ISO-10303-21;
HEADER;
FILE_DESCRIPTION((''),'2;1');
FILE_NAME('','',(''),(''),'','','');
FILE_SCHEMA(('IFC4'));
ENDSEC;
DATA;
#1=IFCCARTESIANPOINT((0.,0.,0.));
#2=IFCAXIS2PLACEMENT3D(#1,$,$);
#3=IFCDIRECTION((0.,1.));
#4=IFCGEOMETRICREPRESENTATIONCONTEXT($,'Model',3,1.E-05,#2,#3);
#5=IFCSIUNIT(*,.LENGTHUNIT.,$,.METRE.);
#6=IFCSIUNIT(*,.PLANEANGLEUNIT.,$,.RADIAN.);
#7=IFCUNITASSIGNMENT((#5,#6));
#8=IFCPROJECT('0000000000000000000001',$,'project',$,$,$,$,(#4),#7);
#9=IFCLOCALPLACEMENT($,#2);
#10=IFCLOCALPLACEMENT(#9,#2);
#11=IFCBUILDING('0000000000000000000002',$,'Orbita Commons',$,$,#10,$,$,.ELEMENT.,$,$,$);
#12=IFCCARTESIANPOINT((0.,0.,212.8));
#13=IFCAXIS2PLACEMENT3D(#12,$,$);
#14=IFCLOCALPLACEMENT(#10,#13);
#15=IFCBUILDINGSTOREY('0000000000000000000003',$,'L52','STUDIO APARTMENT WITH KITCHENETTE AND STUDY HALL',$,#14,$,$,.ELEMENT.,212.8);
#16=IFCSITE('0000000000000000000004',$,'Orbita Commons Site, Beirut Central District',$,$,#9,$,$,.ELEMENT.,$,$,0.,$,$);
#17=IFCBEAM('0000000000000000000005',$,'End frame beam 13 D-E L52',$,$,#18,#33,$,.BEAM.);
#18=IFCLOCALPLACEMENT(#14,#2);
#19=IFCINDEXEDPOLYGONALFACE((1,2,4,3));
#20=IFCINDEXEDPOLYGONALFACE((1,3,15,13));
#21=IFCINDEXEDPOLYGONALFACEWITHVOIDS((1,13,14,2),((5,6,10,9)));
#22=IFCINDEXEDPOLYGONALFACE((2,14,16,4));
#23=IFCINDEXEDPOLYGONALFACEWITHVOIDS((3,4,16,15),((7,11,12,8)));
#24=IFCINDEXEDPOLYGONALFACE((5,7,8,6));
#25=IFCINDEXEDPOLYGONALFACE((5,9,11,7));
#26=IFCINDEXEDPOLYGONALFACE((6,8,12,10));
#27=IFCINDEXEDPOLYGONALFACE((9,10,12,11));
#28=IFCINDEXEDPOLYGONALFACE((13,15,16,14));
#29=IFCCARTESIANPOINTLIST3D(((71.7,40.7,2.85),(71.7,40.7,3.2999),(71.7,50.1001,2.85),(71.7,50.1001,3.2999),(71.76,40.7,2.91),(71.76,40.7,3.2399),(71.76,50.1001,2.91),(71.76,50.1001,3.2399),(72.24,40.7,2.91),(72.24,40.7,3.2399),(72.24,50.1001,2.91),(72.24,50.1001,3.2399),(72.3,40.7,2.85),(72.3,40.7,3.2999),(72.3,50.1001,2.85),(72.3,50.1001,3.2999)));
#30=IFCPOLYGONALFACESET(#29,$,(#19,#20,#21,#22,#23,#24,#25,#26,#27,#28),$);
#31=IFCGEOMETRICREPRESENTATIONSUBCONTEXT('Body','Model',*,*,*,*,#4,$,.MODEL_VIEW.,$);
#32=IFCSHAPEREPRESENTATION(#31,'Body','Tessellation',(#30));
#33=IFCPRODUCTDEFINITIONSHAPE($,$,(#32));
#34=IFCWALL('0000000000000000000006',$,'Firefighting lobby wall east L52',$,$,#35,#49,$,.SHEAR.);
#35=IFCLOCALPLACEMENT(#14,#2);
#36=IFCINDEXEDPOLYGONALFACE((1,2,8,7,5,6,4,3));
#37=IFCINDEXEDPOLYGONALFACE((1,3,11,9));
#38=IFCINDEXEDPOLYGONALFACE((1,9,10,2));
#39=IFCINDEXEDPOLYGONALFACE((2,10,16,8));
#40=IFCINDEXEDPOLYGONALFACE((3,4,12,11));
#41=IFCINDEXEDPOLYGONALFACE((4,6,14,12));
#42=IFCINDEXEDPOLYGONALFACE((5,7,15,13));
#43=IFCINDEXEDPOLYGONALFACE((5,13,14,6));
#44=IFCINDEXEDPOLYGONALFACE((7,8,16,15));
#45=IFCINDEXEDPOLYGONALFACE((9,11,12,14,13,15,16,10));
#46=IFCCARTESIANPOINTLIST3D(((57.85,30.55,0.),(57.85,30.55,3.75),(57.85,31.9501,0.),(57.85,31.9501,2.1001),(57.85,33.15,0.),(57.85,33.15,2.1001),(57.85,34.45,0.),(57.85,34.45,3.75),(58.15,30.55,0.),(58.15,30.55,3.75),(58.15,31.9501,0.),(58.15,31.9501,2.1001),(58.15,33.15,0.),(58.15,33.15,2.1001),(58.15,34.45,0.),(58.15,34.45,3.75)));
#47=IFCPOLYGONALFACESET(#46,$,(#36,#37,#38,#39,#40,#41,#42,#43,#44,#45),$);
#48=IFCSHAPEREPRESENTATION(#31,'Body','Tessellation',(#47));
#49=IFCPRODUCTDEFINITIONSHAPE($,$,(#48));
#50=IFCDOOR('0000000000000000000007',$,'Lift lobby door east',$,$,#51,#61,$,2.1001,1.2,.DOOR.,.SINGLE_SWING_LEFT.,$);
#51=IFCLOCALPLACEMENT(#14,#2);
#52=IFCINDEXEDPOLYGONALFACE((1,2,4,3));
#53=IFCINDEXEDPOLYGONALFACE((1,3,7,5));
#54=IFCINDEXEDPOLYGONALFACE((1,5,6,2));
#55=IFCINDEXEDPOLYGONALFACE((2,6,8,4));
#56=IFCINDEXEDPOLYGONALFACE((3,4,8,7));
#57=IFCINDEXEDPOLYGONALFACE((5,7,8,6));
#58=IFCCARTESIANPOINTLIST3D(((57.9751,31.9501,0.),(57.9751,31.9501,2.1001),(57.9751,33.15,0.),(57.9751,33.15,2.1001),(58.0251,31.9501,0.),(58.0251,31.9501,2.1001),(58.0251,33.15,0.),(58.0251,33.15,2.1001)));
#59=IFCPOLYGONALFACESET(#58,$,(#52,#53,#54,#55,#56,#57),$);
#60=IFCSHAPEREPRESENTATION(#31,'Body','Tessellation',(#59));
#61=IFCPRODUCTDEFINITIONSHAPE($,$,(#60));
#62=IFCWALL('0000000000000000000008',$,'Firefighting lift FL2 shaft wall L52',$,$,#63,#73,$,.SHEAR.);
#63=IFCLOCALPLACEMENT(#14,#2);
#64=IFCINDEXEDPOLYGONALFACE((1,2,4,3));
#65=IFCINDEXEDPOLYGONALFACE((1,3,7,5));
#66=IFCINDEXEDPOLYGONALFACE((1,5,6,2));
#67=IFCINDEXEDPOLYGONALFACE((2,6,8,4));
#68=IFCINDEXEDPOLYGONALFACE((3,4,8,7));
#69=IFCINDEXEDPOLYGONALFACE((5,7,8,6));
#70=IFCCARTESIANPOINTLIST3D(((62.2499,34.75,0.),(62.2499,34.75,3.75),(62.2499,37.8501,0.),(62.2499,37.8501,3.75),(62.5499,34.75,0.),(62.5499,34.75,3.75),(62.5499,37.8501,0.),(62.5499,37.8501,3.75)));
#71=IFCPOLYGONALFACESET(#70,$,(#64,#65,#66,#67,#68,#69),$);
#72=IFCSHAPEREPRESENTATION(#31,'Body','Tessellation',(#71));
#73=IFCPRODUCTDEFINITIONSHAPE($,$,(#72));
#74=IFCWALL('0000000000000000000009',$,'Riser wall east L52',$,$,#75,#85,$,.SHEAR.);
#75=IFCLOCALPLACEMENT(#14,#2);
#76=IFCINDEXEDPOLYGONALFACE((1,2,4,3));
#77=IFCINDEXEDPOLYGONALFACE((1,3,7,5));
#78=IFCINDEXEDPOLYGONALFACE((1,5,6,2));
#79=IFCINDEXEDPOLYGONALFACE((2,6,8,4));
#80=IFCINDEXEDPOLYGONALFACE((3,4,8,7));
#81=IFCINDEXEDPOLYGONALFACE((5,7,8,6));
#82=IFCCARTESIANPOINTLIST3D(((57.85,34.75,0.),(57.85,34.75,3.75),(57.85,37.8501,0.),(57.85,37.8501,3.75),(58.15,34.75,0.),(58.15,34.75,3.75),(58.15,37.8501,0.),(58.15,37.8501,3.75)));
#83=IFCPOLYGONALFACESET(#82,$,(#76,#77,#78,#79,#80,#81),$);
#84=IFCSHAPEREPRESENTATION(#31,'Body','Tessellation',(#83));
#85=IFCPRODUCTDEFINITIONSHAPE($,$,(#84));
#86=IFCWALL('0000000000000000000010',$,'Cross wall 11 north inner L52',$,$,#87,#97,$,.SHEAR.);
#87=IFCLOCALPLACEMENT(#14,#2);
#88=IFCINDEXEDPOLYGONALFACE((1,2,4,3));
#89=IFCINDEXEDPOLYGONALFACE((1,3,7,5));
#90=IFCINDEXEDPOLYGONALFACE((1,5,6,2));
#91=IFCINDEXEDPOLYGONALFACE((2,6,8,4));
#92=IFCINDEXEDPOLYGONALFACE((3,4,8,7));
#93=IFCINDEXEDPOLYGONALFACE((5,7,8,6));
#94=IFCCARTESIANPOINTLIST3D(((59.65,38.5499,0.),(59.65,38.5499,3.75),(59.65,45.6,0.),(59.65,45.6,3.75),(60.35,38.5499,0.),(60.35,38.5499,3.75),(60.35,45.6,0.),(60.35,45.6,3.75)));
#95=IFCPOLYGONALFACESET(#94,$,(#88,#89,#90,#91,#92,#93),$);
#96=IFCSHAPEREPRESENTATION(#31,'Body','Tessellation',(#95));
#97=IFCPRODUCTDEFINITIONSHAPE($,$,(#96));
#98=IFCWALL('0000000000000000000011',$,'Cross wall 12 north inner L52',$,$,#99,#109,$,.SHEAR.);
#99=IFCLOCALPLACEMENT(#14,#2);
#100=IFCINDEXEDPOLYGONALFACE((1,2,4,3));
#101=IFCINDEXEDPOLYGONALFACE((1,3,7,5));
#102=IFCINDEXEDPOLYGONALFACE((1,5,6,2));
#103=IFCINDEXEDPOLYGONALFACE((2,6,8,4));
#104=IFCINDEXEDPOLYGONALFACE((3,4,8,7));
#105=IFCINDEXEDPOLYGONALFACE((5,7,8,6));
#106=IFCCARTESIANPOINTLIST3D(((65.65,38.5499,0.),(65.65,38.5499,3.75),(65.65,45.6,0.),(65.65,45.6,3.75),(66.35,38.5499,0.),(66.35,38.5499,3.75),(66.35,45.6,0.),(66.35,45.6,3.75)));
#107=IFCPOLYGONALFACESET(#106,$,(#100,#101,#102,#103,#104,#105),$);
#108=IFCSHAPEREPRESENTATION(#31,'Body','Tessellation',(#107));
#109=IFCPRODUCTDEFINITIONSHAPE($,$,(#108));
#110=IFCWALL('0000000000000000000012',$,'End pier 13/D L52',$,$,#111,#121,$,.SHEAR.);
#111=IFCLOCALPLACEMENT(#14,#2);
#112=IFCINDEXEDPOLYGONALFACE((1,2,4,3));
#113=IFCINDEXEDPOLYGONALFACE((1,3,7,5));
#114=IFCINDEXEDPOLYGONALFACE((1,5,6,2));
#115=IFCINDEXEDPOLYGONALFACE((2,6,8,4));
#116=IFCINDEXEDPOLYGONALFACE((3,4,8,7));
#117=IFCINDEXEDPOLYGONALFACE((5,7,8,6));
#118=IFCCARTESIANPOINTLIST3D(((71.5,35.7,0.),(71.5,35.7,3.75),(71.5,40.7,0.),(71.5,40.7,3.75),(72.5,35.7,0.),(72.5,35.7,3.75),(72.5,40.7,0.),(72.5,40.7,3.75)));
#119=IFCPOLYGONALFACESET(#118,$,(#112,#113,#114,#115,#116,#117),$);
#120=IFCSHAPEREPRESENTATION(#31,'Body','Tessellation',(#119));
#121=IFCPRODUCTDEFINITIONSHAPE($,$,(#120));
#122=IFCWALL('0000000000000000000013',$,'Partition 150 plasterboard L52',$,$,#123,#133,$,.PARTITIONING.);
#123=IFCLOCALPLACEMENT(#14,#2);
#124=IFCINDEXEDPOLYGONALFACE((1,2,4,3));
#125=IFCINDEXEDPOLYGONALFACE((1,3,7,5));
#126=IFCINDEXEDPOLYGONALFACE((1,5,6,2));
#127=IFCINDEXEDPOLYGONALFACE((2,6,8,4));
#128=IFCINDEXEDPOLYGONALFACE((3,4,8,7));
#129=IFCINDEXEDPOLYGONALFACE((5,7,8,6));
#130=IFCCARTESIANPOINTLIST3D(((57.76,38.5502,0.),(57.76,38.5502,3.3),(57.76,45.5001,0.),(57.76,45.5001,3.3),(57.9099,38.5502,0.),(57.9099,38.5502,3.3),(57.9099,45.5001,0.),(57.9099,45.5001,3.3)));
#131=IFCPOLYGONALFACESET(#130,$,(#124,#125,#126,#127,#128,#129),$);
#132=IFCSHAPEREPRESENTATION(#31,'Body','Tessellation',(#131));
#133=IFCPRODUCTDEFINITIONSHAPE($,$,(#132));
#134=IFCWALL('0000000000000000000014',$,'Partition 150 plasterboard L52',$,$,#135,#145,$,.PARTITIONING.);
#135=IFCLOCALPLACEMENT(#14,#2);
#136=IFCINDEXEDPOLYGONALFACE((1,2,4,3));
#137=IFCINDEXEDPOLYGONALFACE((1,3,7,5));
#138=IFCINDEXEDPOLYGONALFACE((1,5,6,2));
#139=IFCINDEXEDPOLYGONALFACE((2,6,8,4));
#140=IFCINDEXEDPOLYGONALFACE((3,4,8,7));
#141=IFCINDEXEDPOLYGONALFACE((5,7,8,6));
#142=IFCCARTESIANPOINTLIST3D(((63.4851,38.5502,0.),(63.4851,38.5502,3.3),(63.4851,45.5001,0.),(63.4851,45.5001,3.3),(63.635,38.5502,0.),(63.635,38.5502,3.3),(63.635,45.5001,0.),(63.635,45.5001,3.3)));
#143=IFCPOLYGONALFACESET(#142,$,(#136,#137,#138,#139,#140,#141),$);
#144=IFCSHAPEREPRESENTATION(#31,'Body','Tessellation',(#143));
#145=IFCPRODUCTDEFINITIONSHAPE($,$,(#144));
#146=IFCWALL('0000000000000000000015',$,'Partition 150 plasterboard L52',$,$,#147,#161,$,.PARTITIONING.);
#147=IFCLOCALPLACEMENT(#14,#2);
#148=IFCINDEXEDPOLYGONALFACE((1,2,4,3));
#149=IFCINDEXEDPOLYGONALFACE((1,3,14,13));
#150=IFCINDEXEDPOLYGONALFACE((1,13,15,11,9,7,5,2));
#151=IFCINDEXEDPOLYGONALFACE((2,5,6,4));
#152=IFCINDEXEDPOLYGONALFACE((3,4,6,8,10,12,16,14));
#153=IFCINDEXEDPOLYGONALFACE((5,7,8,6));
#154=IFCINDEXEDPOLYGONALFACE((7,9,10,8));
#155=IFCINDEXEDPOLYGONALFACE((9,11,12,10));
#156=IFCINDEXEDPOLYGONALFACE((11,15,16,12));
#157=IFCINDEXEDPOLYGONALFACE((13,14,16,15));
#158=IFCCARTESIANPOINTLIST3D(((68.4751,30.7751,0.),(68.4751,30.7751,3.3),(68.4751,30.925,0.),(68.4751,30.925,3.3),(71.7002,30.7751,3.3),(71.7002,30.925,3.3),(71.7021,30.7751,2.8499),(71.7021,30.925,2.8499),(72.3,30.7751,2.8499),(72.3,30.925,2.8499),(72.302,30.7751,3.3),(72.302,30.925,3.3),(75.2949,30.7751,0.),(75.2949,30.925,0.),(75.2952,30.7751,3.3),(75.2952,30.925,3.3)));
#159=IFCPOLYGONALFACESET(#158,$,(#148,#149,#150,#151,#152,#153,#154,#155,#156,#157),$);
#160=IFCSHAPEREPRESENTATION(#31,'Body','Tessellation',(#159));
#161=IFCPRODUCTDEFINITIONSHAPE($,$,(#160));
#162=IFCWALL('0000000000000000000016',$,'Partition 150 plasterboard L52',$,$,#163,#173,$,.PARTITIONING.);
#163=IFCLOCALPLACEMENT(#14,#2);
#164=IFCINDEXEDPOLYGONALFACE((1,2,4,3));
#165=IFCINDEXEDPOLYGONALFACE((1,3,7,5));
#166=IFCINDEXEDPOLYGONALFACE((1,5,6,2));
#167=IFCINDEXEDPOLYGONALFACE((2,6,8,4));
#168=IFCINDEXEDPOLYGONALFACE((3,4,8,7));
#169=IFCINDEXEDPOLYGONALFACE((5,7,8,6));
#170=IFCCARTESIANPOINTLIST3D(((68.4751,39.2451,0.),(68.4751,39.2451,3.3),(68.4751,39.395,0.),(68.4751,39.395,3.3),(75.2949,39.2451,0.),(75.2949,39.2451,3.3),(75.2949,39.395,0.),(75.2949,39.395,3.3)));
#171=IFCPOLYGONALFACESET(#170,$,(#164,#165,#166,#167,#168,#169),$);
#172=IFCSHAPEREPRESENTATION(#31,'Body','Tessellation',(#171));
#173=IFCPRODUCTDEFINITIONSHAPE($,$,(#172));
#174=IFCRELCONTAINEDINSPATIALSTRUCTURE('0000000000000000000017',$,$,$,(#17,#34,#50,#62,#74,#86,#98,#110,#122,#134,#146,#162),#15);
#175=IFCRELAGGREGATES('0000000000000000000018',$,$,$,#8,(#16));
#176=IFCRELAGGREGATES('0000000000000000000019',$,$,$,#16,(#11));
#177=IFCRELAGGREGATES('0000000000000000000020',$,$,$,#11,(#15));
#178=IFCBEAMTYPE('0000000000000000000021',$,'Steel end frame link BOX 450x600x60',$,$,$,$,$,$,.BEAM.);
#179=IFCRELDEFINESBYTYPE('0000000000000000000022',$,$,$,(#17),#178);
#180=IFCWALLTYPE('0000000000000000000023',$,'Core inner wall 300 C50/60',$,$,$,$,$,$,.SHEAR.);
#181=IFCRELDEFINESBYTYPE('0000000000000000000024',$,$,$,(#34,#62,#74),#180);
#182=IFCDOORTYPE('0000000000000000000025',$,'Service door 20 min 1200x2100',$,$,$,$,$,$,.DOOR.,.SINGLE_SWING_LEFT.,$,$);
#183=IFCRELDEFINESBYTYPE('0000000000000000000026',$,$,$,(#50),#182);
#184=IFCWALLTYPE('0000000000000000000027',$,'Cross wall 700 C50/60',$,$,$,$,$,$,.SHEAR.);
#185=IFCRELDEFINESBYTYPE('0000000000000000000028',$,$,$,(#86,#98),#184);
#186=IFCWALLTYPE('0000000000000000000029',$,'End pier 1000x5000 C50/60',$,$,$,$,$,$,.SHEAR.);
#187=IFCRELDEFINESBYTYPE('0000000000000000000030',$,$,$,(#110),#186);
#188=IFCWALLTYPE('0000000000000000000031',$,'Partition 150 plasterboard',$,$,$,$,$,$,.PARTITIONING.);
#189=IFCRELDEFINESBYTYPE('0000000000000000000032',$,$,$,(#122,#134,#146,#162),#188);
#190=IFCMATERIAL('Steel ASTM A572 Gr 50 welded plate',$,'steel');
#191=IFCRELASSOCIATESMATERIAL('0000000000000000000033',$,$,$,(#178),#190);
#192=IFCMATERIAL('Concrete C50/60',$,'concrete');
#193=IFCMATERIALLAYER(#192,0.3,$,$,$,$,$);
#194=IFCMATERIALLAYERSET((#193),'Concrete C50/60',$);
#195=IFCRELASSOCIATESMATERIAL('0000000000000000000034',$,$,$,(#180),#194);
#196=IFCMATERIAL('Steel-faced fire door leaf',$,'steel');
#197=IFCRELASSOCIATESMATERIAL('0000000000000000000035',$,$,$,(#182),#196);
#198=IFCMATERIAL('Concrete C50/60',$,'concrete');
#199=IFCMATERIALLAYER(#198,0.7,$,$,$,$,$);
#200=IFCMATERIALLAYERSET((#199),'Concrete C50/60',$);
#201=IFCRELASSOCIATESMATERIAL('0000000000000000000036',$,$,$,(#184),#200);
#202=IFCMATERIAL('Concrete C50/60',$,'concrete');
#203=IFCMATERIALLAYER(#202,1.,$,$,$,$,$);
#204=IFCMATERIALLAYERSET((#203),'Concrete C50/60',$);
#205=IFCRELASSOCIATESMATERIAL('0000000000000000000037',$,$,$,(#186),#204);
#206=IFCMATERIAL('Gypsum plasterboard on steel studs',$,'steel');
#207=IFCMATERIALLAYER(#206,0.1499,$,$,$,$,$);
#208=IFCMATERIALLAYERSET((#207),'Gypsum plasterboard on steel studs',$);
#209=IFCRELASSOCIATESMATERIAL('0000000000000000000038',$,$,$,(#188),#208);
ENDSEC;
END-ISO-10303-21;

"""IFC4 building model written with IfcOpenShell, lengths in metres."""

from ifc_helpers import new_model, si_unit, direction, frame, frame_2d, origin, origin_2d, place, context, subcontext, project, spatial, polyline, rectangle, hollow_rectangle, outline, extrude, material, layer, layer_set, material_profile, profile_set, type_object, element, fill, save


model = new_model("IFC4")

# Units and contexts
model_context = context("Model", 3, precision=1e-05, world=origin(), true_north=direction((0.0, 1.0)))
body_context = subcontext(model_context, "Body", "Model", "MODEL_VIEW")
ifc_project = project(units=[si_unit("LENGTHUNIT", "METRE"), si_unit("PLANEANGLEUNIT", "RADIAN")], contexts=[model_context])

# Site, building, storey
site_placement = place(None, origin())
site = spatial("IfcSite", under=ifc_project, at=site_placement, Name="Orbita Commons Site, Beirut Central District", CompositionType="ELEMENT", RefElevation=0.0)
building_placement = place(site_placement, origin())
building = spatial("IfcBuilding", under=site, at=building_placement, Name="Orbita Commons", CompositionType="ELEMENT")
storey_placement = place(building_placement, frame((0.0, 0.0, 212.8)))
storey = spatial("IfcBuildingStorey", under=building, at=storey_placement, Name="L52", Description="STUDIO APARTMENT WITH KITCHENETTE AND STUDY HALL", CompositionType="ELEMENT", Elevation=212.8)

# Beam
ifc_material_1 = material(Name="Steel ASTM A572 Gr 50 welded plate", Category="steel")
ifc_material_profile = material_profile(ifc_material_1, hollow_rectangle(XDim=0.6001, YDim=0.45, WallThickness=0.0601, at=origin_2d()), Name="BOX 450x600x60")
ifc_profile_set = profile_set([ifc_material_profile], Name="Steel ASTM A572 Gr 50 welded plate")
beam_type = type_object("IfcBeamType", Name="Steel end frame link BOX 450x600x60", PredefinedType="BEAM", material=ifc_profile_set)
beam_placement = place(storey_placement, frame((72.0, 40.7, 3.075), z_axis=(0.0, 1.0, 0.0), x_axis=(-1.0, 0.0, 0.0)))
element("IfcBeam", 1, at=beam_placement, inside=storey, type_object=beam_type, Name="End frame beam 13 D-E L52", PredefinedType="BEAM", context=body_context, shape_type="SweptSolid", body=[
    extrude(hollow_rectangle(XDim=0.6001, YDim=0.45, WallThickness=0.0601, at=origin_2d()), origin(), (0.0, 0.0, 1.0), 9.4001),
])

# Wall, opening, door
ifc_material_2 = material(Name="Concrete C50/60", Category="concrete")
ifc_layer_1 = layer(ifc_material_2, 0.3)
ifc_layer_set_1 = layer_set([ifc_layer_1], Name="Concrete C50/60")
wall_type_1 = type_object("IfcWallType", Name="Core inner wall 300 C50/60", PredefinedType="SHEAR", material=ifc_layer_set_1)
wall_1_placement = place(storey_placement, frame((58.0, 30.55, 0.0), z_axis=(0.0, 0.0, 1.0), x_axis=(0.0, 1.0, 0.0)))
wall_1 = element("IfcWall", 2, at=wall_1_placement, inside=storey, type_object=wall_type_1, Name="Firefighting lobby wall east L52", PredefinedType="SHEAR", context=body_context, shape_type="SweptSolid", body=[
    extrude(rectangle(XDim=3.8999, YDim=0.3, at=frame_2d((1.95, 0.0))), origin(), (0.0, 0.0, 1.0), 3.75),
])
opening_placement = place(wall_1_placement, frame((1.3999, 0.0, 0.0)))
opening = element("IfcOpeningElement", 3, at=opening_placement, cuts=wall_1, PredefinedType="OPENING", context=body_context, shape_type="SweptSolid", body=[
    extrude(rectangle(XDim=1.2, YDim=2.1001, at=frame_2d((0.6001, 1.05))), frame((0.0, 0.1599, 0.0), z_axis=(0.0, -1.0, 0.0), x_axis=(1.0, 0.0, 0.0)), (0.0, 0.0, 1.0), 0.3201),
])
ifc_material_3 = material(Name="Steel-faced fire door leaf", Category="steel")
door_type = type_object("IfcDoorType", Name="Service door 20 min 1200x2100", OperationType="SINGLE_SWING_LEFT", PredefinedType="DOOR", material=ifc_material_3)
door_placement = place(opening_placement, origin())
door = element("IfcDoor", 4, at=door_placement, inside=storey, type_object=door_type, Name="Lift lobby door east", OperationType="SINGLE_SWING_LEFT", OverallHeight=2.1001, OverallWidth=1.2, PredefinedType="DOOR", context=body_context, shape_type="SweptSolid", body=[
    extrude(rectangle(XDim=1.2, YDim=2.1001, at=frame_2d((0.6001, 1.05))), frame((0.0, 0.0249, 0.0), z_axis=(0.0, -1.0, 0.0), x_axis=(1.0, 0.0, 0.0)), (0.0, 0.0, 1.0), 0.05),
])
fill(opening, door)

# Walls
for number, where, z_axis, x_axis, name in (
    (5, (62.3999, 34.75, 0.0), (0.0, 0.0, 1.0), (0.0, 1.0, 0.0), "Firefighting lift FL2 shaft wall L52"),
    (6, (58.0, 34.75, 0.0), (0.0, 0.0, 1.0), (0.0, 1.0, 0.0), "Riser wall east L52"),
):
    element("IfcWall", number, at=place(storey_placement, frame(where, z_axis=z_axis, x_axis=x_axis)), inside=storey, type_object=wall_type_1, Name=name, PredefinedType="SHEAR", context=body_context, shape_type="SweptSolid", body=[
        extrude(rectangle(XDim=3.1001, YDim=0.3, at=frame_2d((1.55, 0.0))), origin(), (0.0, 0.0, 1.0), 3.75),
    ])
ifc_material_4 = material(Name="Concrete C50/60", Category="concrete")
ifc_layer_2 = layer(ifc_material_4, 0.7)
ifc_layer_set_2 = layer_set([ifc_layer_2], Name="Concrete C50/60")
wall_type_2 = type_object("IfcWallType", Name="Cross wall 700 C50/60", PredefinedType="SHEAR", material=ifc_layer_set_2)
for number, where, z_axis, x_axis, name in (
    (7, (60.0, 38.55, 0.0), (0.0, 0.0, 1.0), (0.0, 1.0, 0.0), "Cross wall 11 north inner L52"),
    (8, (66.0, 38.55, 0.0), (0.0, 0.0, 1.0), (0.0, 1.0, 0.0), "Cross wall 12 north inner L52"),
):
    element("IfcWall", number, at=place(storey_placement, frame(where, z_axis=z_axis, x_axis=x_axis)), inside=storey, type_object=wall_type_2, Name=name, PredefinedType="SHEAR", context=body_context, shape_type="SweptSolid", body=[
        extrude(rectangle(XDim=7.05, YDim=0.7, at=frame_2d((3.5249, 0.0))), origin(), (0.0, 0.0, 1.0), 3.75),
    ])
ifc_material_5 = material(Name="Concrete C50/60", Category="concrete")
ifc_layer_3 = layer(ifc_material_5, 1.0)
ifc_layer_set_3 = layer_set([ifc_layer_3], Name="Concrete C50/60")
wall_type_3 = type_object("IfcWallType", Name="End pier 1000x5000 C50/60", PredefinedType="SHEAR", material=ifc_layer_set_3)
wall_2_placement = place(storey_placement, frame((72.0, 35.7, 0.0), z_axis=(0.0, 0.0, 1.0), x_axis=(0.0, 1.0, 0.0)))
element("IfcWall", 9, at=wall_2_placement, inside=storey, type_object=wall_type_3, Name="End pier 13/D L52", PredefinedType="SHEAR", context=body_context, shape_type="SweptSolid", body=[
    extrude(rectangle(XDim=5.0, YDim=1.0, at=frame_2d((2.5, 0.0))), origin(), (0.0, 0.0, 1.0), 3.75),
])
ifc_material_6 = material(Name="Gypsum plasterboard on steel studs", Category="steel")
ifc_layer_4 = layer(ifc_material_6, 0.1499)
ifc_layer_set_4 = layer_set([ifc_layer_4], Name="Gypsum plasterboard on steel studs")
wall_type_4 = type_object("IfcWallType", Name="Partition 150 plasterboard", PredefinedType="PARTITIONING", material=ifc_layer_set_4)
for number, where, z_axis, x_axis, name in (
    (10, (57.835, 38.55, 0.0), (0.0, 0.0, 1.0), (0.0, 1.0, 0.0), "Partition 150 plasterboard L52"),
    (11, (63.5601, 38.55, 0.0), (0.0, 0.0, 1.0), (0.0, 1.0, 0.0), "Partition 150 plasterboard L52"),
):
    element("IfcWall", number, at=place(storey_placement, frame(where, z_axis=z_axis, x_axis=x_axis)), inside=storey, type_object=wall_type_4, Name=name, PredefinedType="PARTITIONING", context=body_context, shape_type="SweptSolid", body=[
        extrude(rectangle(XDim=6.95, YDim=0.1499, at=frame_2d((3.4751, 0.0))), origin(), (0.0, 0.0, 1.0), 3.3),
    ])
wall_3_placement = place(storey_placement, frame((68.4751, 30.8501, 0.0), z_axis=(0.0, 0.0, 1.0), x_axis=(1.0, 0.0, 0.0)))
element("IfcWall", 12, at=wall_3_placement, inside=storey, type_object=wall_type_4, Name="Partition 150 plasterboard L52", PredefinedType="PARTITIONING", context=body_context, shape_type="SweptSolid", body=[
    extrude(outline(polyline([(0.0, 0.0), (6.8198, 0.0), (6.8201, 3.3), (3.8269, 3.3), (3.825, 2.8499), (3.2271, 2.8499), (3.2251, 3.3), (0.0, 3.3), (0.0, 0.0)])), frame((0.0, 0.075, 0.0), z_axis=(0.0, -1.0, 0.0), x_axis=(1.0, 0.0, 0.0)), (0.0, 0.0, 1.0), 0.1499),
])
wall_4_placement = place(storey_placement, frame((68.4751, 39.3201, 0.0), z_axis=(0.0, 0.0, 1.0), x_axis=(1.0, 0.0, 0.0)))
element("IfcWall", 13, at=wall_4_placement, inside=storey, type_object=wall_type_4, Name="Partition 150 plasterboard L52", PredefinedType="PARTITIONING", context=body_context, shape_type="SweptSolid", body=[
    extrude(rectangle(XDim=6.8198, YDim=0.1499, at=frame_2d((3.4099, 0.0))), origin(), (0.0, 0.0, 1.0), 3.3),
])

save(model, "model.ifc")
